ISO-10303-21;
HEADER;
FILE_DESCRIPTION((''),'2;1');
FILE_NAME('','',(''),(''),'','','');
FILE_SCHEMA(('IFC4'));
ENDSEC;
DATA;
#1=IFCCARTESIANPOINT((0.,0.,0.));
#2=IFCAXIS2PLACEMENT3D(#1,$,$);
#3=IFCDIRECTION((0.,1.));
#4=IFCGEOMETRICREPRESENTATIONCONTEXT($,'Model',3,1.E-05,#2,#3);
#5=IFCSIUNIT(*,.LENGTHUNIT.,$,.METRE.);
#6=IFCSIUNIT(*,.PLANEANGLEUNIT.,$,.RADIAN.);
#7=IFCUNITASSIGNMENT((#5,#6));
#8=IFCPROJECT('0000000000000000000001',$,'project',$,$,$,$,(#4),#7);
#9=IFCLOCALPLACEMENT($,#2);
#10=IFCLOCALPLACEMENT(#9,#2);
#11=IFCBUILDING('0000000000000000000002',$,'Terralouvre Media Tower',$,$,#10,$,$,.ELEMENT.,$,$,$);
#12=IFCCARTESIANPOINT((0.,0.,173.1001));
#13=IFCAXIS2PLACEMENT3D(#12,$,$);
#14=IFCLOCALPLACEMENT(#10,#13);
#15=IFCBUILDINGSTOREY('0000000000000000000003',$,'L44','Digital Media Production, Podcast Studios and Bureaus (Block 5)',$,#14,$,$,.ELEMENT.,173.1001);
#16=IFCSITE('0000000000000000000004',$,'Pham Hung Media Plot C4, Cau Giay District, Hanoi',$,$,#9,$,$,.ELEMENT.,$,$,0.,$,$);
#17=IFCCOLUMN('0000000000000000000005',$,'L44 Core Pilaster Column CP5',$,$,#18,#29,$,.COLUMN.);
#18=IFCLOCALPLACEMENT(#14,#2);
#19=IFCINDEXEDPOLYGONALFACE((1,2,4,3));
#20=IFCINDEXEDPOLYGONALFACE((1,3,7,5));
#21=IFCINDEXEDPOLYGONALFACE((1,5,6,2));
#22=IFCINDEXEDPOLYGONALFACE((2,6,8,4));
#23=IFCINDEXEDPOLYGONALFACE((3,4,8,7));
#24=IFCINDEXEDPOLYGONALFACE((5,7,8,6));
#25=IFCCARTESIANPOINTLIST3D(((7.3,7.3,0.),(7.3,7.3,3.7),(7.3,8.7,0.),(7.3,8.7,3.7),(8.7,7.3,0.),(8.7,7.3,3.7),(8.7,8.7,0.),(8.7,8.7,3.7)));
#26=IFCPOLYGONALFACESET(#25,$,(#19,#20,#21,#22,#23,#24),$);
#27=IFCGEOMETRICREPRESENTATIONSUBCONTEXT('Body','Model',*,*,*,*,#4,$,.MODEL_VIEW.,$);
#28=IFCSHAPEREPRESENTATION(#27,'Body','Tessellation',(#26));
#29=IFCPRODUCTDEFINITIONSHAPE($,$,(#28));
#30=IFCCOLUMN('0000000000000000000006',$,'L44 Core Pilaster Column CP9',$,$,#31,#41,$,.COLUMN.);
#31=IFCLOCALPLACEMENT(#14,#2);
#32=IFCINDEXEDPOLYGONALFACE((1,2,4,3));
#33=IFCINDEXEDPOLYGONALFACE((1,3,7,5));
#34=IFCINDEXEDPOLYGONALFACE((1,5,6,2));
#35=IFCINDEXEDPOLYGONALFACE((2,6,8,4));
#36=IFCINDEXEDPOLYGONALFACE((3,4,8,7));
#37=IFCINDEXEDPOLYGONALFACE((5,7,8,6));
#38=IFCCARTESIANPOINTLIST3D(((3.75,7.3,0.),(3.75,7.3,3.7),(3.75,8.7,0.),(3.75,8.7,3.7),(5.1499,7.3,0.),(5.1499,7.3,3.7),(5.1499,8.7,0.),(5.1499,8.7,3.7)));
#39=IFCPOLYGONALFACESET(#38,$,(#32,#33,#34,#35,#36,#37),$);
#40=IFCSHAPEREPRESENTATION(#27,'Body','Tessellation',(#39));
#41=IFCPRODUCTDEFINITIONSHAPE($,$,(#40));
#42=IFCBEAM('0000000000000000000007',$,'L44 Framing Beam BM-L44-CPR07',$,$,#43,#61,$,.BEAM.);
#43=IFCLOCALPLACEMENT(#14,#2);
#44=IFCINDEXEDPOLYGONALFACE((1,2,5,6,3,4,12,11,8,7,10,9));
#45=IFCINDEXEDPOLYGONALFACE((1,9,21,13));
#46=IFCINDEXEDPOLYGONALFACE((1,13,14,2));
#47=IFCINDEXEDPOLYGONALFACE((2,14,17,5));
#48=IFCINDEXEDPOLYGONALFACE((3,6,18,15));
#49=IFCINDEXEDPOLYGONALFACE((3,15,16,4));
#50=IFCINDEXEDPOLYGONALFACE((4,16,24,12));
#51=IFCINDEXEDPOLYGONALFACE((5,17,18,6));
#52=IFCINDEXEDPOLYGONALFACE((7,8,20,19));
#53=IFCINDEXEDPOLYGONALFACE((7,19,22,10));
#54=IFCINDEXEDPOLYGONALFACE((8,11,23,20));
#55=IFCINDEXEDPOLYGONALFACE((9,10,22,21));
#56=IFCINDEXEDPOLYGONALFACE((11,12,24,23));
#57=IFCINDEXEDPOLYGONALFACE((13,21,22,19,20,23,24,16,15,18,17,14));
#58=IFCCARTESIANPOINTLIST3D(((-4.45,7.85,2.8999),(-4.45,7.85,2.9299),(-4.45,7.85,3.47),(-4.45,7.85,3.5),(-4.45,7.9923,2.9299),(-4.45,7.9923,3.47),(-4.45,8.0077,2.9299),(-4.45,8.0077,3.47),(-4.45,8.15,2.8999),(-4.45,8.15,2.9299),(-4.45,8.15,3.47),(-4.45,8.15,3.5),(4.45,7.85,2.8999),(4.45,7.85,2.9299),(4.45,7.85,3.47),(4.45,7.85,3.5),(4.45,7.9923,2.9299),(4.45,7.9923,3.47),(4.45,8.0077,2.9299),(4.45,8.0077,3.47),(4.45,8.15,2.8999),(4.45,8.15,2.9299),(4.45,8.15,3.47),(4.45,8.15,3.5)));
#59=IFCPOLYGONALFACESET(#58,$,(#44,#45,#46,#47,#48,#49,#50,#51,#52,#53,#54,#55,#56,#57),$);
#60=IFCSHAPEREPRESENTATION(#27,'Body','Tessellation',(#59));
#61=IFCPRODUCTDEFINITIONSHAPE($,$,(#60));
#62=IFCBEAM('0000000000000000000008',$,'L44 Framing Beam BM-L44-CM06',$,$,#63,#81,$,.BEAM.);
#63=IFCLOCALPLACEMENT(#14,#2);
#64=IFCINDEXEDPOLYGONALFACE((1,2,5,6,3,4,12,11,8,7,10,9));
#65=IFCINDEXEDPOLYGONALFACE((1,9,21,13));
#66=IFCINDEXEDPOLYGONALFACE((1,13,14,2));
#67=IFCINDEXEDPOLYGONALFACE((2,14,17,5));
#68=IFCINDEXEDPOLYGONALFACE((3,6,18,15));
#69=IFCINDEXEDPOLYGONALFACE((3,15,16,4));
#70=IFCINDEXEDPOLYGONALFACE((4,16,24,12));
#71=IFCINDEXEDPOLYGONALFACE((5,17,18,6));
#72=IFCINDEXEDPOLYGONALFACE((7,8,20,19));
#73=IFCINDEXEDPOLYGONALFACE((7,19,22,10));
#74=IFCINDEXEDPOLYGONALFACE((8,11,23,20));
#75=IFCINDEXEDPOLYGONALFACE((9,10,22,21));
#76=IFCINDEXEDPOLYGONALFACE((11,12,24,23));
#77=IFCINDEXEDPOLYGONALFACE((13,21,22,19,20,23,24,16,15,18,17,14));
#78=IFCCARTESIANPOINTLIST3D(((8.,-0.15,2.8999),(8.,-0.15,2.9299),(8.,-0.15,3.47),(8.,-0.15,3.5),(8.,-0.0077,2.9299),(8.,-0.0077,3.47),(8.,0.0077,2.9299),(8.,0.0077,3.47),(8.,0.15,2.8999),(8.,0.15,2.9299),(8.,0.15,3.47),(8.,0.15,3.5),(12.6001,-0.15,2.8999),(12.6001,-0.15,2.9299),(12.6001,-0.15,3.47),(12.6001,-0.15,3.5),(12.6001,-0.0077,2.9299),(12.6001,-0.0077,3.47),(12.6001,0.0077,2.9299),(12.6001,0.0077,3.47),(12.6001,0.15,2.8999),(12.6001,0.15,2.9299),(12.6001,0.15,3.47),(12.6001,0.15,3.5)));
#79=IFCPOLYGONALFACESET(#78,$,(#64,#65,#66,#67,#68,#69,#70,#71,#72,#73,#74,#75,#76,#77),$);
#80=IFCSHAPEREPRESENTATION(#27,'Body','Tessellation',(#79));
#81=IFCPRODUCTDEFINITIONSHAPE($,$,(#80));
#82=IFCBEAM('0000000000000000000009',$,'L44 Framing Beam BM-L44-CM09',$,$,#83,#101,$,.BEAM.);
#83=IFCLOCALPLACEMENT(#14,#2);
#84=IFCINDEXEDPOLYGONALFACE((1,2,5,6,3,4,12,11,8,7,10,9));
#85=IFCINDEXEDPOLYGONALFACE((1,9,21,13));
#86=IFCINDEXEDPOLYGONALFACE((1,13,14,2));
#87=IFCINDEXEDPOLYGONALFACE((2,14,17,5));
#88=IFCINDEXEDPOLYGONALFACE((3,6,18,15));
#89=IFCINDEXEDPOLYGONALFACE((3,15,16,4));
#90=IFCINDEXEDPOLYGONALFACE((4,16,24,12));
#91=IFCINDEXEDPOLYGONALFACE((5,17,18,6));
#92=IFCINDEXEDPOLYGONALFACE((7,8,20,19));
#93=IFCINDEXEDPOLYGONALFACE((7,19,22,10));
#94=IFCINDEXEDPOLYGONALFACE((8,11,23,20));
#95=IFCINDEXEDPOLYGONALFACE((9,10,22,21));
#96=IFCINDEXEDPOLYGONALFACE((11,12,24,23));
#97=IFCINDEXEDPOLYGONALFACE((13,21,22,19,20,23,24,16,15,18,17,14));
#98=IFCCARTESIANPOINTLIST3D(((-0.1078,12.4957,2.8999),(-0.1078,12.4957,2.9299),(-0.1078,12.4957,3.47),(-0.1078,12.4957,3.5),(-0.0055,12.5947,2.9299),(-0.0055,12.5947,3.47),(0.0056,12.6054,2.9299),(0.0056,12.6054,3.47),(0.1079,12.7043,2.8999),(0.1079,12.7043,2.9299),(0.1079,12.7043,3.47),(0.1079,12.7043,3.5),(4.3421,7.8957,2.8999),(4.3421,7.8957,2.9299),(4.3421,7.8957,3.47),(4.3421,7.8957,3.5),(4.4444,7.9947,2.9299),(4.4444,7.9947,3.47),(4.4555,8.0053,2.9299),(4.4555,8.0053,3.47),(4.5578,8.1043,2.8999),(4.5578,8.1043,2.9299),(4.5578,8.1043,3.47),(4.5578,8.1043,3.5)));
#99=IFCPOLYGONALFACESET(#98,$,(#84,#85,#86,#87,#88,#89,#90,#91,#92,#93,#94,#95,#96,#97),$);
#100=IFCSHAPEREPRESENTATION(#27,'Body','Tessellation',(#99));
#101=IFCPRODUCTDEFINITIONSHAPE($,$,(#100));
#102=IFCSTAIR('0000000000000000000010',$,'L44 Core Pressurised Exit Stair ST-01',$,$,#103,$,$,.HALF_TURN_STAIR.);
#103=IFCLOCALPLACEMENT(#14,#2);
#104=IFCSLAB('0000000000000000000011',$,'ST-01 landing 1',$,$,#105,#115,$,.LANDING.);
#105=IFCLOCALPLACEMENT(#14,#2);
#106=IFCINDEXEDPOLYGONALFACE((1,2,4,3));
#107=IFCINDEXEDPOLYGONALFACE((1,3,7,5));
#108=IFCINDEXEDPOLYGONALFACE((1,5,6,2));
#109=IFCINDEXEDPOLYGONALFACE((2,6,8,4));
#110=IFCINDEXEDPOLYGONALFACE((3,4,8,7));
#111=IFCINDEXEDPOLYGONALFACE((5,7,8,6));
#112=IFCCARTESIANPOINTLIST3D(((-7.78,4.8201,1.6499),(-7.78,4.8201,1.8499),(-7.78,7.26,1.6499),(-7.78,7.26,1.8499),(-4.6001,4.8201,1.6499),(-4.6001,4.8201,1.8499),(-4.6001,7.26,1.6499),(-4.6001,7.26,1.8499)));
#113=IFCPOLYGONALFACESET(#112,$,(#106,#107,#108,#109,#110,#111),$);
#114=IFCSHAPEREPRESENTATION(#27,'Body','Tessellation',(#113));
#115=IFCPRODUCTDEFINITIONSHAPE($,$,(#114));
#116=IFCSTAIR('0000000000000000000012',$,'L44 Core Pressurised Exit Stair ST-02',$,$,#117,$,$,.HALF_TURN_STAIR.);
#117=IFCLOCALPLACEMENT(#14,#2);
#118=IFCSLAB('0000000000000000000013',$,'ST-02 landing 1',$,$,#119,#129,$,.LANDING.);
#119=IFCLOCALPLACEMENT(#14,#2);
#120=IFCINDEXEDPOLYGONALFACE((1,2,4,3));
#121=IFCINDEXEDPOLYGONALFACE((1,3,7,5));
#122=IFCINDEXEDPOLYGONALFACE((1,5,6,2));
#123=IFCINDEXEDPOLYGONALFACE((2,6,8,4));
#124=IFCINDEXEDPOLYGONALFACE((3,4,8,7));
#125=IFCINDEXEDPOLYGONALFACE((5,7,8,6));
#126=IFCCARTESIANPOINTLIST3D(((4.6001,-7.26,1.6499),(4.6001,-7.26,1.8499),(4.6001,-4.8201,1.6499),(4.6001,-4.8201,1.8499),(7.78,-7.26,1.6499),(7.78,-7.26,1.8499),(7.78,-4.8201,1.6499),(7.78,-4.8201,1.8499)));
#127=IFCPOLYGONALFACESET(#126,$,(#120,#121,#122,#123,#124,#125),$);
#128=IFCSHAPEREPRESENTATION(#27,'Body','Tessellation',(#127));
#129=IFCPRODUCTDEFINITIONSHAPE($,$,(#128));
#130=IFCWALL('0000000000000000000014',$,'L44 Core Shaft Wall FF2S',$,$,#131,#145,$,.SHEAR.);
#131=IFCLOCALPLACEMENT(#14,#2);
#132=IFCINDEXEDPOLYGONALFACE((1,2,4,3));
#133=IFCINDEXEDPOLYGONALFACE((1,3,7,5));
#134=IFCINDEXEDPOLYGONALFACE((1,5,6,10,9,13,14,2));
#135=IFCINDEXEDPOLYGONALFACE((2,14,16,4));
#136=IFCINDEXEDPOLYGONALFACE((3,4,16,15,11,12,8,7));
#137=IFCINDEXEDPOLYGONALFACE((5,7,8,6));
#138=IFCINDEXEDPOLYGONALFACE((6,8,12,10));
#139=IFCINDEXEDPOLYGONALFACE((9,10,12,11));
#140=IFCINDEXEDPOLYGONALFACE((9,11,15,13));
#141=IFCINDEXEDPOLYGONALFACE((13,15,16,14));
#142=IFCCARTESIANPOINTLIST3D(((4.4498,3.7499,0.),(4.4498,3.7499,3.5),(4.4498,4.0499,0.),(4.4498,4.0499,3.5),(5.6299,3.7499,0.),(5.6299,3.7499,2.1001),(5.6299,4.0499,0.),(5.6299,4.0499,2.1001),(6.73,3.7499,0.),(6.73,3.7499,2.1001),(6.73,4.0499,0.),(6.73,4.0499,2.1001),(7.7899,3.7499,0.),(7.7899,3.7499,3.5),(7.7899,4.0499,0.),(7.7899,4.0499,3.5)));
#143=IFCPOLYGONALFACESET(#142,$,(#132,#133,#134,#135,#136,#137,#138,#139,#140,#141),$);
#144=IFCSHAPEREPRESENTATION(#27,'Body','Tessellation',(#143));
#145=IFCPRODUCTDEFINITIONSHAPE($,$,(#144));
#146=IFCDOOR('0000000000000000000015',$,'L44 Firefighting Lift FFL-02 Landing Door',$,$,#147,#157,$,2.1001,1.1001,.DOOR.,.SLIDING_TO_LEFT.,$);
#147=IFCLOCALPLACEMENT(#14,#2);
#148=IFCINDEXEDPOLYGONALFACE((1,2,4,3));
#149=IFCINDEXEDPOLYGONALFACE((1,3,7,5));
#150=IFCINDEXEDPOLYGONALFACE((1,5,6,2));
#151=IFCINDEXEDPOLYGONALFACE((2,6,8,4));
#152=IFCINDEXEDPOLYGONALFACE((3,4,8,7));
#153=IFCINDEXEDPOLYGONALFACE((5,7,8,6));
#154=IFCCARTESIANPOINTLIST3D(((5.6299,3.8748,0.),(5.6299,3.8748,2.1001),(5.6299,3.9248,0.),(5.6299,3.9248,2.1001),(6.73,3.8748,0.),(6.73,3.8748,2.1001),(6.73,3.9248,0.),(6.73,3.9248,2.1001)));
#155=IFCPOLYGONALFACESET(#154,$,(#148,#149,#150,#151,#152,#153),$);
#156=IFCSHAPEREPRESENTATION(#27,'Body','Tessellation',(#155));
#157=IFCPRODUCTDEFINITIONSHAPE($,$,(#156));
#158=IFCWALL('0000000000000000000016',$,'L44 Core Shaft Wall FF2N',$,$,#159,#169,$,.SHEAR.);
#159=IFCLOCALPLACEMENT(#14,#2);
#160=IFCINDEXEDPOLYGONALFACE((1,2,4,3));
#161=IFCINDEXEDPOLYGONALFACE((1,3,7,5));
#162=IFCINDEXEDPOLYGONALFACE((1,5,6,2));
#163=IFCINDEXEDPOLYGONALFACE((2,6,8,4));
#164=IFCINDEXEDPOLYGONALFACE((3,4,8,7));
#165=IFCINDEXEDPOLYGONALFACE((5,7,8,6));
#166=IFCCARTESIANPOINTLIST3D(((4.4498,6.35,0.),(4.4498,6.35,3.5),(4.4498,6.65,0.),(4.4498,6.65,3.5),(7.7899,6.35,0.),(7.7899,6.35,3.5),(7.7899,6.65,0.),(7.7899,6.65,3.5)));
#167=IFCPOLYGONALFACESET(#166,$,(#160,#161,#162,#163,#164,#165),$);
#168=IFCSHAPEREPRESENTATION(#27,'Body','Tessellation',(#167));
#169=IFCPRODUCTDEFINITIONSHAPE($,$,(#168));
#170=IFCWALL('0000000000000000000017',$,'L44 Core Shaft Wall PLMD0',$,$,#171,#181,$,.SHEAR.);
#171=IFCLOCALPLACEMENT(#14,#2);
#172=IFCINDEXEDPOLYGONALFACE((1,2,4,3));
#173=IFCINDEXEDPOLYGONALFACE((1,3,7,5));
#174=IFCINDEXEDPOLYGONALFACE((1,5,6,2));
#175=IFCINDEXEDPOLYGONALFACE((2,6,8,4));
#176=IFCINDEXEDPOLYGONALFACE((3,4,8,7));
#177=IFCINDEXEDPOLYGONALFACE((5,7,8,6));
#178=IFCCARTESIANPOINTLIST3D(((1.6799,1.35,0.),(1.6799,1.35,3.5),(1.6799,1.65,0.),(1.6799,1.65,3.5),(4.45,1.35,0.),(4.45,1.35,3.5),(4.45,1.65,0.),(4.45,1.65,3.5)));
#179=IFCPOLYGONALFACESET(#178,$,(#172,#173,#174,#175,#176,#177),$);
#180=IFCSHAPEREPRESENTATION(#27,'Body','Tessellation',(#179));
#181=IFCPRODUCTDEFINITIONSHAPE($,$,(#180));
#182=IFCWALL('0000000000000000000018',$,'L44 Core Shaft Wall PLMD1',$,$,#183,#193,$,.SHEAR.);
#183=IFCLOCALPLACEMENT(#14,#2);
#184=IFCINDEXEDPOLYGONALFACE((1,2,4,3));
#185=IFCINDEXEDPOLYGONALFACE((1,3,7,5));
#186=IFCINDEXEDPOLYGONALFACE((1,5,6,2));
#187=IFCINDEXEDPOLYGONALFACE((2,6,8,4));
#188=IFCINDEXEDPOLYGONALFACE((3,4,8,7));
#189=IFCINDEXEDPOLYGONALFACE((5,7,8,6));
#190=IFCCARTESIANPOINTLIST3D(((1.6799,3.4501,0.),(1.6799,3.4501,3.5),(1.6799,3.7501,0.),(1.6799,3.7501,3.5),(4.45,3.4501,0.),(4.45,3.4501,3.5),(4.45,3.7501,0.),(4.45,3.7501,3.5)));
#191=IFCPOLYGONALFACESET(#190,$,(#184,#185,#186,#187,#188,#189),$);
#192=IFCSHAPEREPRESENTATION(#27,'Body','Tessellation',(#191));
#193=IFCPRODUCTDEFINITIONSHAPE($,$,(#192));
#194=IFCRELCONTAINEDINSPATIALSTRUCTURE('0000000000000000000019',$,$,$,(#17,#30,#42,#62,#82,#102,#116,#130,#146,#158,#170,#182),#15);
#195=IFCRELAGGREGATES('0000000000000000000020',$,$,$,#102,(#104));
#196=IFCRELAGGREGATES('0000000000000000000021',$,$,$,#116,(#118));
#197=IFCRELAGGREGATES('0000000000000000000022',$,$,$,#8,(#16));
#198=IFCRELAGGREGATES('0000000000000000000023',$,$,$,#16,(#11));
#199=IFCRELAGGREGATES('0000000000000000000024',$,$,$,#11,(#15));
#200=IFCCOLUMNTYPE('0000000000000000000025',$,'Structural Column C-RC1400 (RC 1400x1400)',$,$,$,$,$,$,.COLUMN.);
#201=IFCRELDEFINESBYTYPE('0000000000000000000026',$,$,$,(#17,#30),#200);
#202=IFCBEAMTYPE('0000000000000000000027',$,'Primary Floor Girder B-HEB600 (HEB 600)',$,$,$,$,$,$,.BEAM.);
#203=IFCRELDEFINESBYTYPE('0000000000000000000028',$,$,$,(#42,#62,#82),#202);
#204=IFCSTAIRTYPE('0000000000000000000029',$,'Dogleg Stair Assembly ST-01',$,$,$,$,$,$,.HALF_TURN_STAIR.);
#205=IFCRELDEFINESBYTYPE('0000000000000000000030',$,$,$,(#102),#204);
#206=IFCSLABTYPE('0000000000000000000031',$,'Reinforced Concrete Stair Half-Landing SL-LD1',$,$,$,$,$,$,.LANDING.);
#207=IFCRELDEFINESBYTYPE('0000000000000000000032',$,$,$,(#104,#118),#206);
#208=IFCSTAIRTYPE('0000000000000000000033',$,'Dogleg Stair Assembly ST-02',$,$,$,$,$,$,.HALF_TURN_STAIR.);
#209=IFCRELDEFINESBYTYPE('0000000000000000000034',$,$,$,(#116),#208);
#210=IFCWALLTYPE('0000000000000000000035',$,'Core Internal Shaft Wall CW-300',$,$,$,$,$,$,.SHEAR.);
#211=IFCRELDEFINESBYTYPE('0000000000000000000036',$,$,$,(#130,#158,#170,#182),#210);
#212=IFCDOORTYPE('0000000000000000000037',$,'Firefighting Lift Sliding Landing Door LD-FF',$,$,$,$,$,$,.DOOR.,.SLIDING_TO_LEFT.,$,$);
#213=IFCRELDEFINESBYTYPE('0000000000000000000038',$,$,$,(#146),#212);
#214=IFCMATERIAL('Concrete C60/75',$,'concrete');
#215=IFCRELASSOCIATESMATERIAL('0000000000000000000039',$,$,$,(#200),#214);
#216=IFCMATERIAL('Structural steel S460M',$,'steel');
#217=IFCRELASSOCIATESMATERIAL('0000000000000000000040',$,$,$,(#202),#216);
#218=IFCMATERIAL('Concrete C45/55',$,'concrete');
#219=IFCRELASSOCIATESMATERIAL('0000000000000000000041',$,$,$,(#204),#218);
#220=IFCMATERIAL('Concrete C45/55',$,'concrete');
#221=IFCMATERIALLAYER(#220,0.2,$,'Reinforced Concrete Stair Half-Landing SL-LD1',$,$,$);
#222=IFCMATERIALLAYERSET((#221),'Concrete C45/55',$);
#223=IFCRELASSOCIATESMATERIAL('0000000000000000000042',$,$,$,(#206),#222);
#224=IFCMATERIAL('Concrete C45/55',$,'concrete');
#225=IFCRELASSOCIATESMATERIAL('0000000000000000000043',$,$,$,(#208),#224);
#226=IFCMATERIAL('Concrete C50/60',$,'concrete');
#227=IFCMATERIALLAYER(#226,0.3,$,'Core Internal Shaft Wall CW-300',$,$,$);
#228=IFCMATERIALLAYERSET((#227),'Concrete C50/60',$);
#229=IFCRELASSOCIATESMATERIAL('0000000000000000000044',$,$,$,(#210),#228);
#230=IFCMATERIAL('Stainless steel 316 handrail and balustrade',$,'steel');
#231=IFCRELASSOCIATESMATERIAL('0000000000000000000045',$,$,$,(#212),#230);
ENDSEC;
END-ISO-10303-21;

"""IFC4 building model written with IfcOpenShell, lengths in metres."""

from ifc_helpers import new_model, si_unit, direction, frame, frame_2d, origin, origin_2d, place, context, subcontext, project, spatial, polyline, rectangle, i_section, outline, extrude, material, layer, layer_set, material_profile, profile_set, type_object, element, fill, aggregate, save


model = new_model("IFC4")

# Units and contexts
model_context = context("Model", 3, precision=1e-05, world=origin(), true_north=direction((0.0, 1.0)))
body_context = subcontext(model_context, "Body", "Model", "MODEL_VIEW")
ifc_project = project(units=[si_unit("LENGTHUNIT", "METRE"), si_unit("PLANEANGLEUNIT", "RADIAN")], contexts=[model_context])

# Site, building, storey
site_placement = place(None, origin())
site = spatial("IfcSite", under=ifc_project, at=site_placement, Name="Pham Hung Media Plot C4, Cau Giay District, Hanoi", CompositionType="ELEMENT", RefElevation=0.0)
building_placement = place(site_placement, origin())
building = spatial("IfcBuilding", under=site, at=building_placement, Name="Terralouvre Media Tower", CompositionType="ELEMENT")
storey_placement = place(building_placement, frame((0.0, 0.0, 173.1001)))
storey = spatial("IfcBuildingStorey", under=building, at=storey_placement, Name="L44", Description="Digital Media Production, Podcast Studios and Bureaus (Block 5)", CompositionType="ELEMENT", Elevation=173.1001)

# Columns
ifc_material_1 = material(Name="Concrete C60/75", Category="concrete")
ifc_material_profile_1 = material_profile(ifc_material_1, rectangle(XDim=1.3999, YDim=1.3999, at=origin_2d()), Name="RC 1400x1400")
ifc_profile_set_1 = profile_set([ifc_material_profile_1], Name="Concrete C60/75")
column_type = type_object("IfcColumnType", Name="Structural Column C-RC1400 (RC 1400x1400)", PredefinedType="COLUMN", material=ifc_profile_set_1)
for number, where, z_axis, x_axis, name in (
    (1, (8.0, 8.0, 0.0), (0.0, 0.0, 1.0), (1.0, 0.0, 0.0), "L44 Core Pilaster Column CP5"),
    (2, (4.45, 8.0, 0.0), (0.0, 0.0, 1.0), (1.0, 0.0, 0.0), "L44 Core Pilaster Column CP9"),
):
    element("IfcColumn", number, at=place(storey_placement, frame(where, z_axis=z_axis, x_axis=x_axis)), inside=storey, type_object=column_type, Name=name, PredefinedType="COLUMN", context=body_context, shape_type="SweptSolid", body=[
        extrude(rectangle(XDim=1.3999, YDim=1.3999, at=origin_2d()), origin(), (0.0, 0.0, 1.0), 3.7),
    ])

# Beams
ifc_material_2 = material(Name="Structural steel S460M", Category="steel")
ifc_material_profile_2 = material_profile(ifc_material_2, i_section(OverallWidth=0.3, OverallDepth=0.6001, WebThickness=0.0154, FlangeThickness=0.03, at=origin_2d()), Name="HEB 600")
ifc_profile_set_2 = profile_set([ifc_material_profile_2], Name="Structural steel S460M")
beam_type = type_object("IfcBeamType", Name="Primary Floor Girder B-HEB600 (HEB 600)", PredefinedType="BEAM", material=ifc_profile_set_2)
beam_1_placement = place(storey_placement, frame((4.45, 8.0, 3.2), z_axis=(-1.0, 0.0, 0.0), x_axis=(0.0, -1.0, 0.0)))
element("IfcBeam", 3, at=beam_1_placement, inside=storey, type_object=beam_type, Name="L44 Framing Beam BM-L44-CPR07", PredefinedType="BEAM", context=body_context, shape_type="SweptSolid", body=[
    extrude(i_section(OverallWidth=0.3, OverallDepth=0.6001, WebThickness=0.0154, FlangeThickness=0.03, at=origin_2d()), origin(), (0.0, 0.0, 1.0), 8.8999),
])
beam_2_placement = place(storey_placement, frame((8.0, 0.0, 3.2), z_axis=(1.0, 0.0, 0.0), x_axis=(0.0, 1.0, 0.0)))
element("IfcBeam", 4, at=beam_2_placement, inside=storey, type_object=beam_type, Name="L44 Framing Beam BM-L44-CM06", PredefinedType="BEAM", context=body_context, shape_type="SweptSolid", body=[
    extrude(i_section(OverallWidth=0.3, OverallDepth=0.6001, WebThickness=0.0154, FlangeThickness=0.03, at=origin_2d()), origin(), (0.0, 0.0, 1.0), 4.6001),
])
beam_3_placement = place(storey_placement, frame((4.45, 8.0, 3.2), z_axis=(-0.69528, 0.718739, 0.0), x_axis=(-0.718739, -0.69528, 0.0)))
element("IfcBeam", 5, at=beam_3_placement, inside=storey, type_object=beam_type, Name="L44 Framing Beam BM-L44-CM09", PredefinedType="BEAM", context=body_context, shape_type="SweptSolid", body=[
    extrude(i_section(OverallWidth=0.3, OverallDepth=0.6001, WebThickness=0.0154, FlangeThickness=0.03, at=origin_2d()), origin(), (0.0, 0.0, 1.0), 6.4001),
])

# Stairs, slabs
ifc_material_3 = material(Name="Concrete C45/55", Category="concrete")
stair_type_1 = type_object("IfcStairType", Name="Dogleg Stair Assembly ST-01", PredefinedType="HALF_TURN_STAIR", material=ifc_material_3)
stair_1_placement = place(storey_placement, origin())
stair_1 = element("IfcStair", 6, at=stair_1_placement, inside=storey, type_object=stair_type_1, Name="L44 Core Pressurised Exit Stair ST-01", PredefinedType="HALF_TURN_STAIR")
ifc_material_4 = material(Name="Concrete C45/55", Category="concrete")
ifc_layer_1 = layer(ifc_material_4, 0.2, Name="Reinforced Concrete Stair Half-Landing SL-LD1")
ifc_layer_set_1 = layer_set([ifc_layer_1], Name="Concrete C45/55")
slab_type = type_object("IfcSlabType", Name="Reinforced Concrete Stair Half-Landing SL-LD1", PredefinedType="LANDING", material=ifc_layer_set_1)
slab_1_placement = place(storey_placement, frame((0.0, 0.0, 1.6499)))
slab_1 = element("IfcSlab", 7, at=slab_1_placement, type_object=slab_type, Name="ST-01 landing 1", PredefinedType="LANDING", context=body_context, shape_type="SweptSolid", body=[
    extrude(outline(polyline([(-4.6001, 4.8201), (-4.6001, 7.26), (-7.78, 7.26), (-7.78, 4.8201), (-4.6001, 4.8201)])), origin(), (0.0, 0.0, 1.0), 0.2),
])
aggregate(stair_1, [slab_1])
ifc_material_5 = material(Name="Concrete C45/55", Category="concrete")
stair_type_2 = type_object("IfcStairType", Name="Dogleg Stair Assembly ST-02", PredefinedType="HALF_TURN_STAIR", material=ifc_material_5)
stair_2_placement = place(storey_placement, origin())
stair_2 = element("IfcStair", 8, at=stair_2_placement, inside=storey, type_object=stair_type_2, Name="L44 Core Pressurised Exit Stair ST-02", PredefinedType="HALF_TURN_STAIR")
slab_2_placement = place(storey_placement, frame((0.0, 0.0, 1.6499)))
slab_2 = element("IfcSlab", 9, at=slab_2_placement, type_object=slab_type, Name="ST-02 landing 1", PredefinedType="LANDING", context=body_context, shape_type="SweptSolid", body=[
    extrude(outline(polyline([(4.6001, -4.8201), (4.6001, -7.26), (7.78, -7.26), (7.78, -4.8201), (4.6001, -4.8201)])), origin(), (0.0, 0.0, 1.0), 0.2),
])
aggregate(stair_2, [slab_2])

# Wall, opening, door
ifc_material_6 = material(Name="Concrete C50/60", Category="concrete")
ifc_layer_2 = layer(ifc_material_6, 0.3, Name="Core Internal Shaft Wall CW-300")
ifc_layer_set_2 = layer_set([ifc_layer_2], Name="Concrete C50/60")
wall_type = type_object("IfcWallType", Name="Core Internal Shaft Wall CW-300", PredefinedType="SHEAR", material=ifc_layer_set_2)
wall_1_placement = place(storey_placement, frame((4.45, 3.8999, 0.0), z_axis=(0.0, 0.0, 1.0), x_axis=(1.0, 0.0, 0.0)))
wall_1 = element("IfcWall", 10, at=wall_1_placement, inside=storey, type_object=wall_type, Name="L44 Core Shaft Wall FF2S", PredefinedType="SHEAR", context=body_context, shape_type="SweptSolid", body=[
    extrude(rectangle(XDim=3.3401, YDim=0.3, at=frame_2d((1.6699, 0.0))), origin(), (0.0, 0.0, 1.0), 3.5),
])
opening_placement = place(wall_1_placement, frame((1.1799, 0.0, 0.0)))
opening = element("IfcOpeningElement", 11, at=opening_placement, cuts=wall_1, PredefinedType="OPENING", context=body_context, shape_type="SweptSolid", body=[
    extrude(rectangle(XDim=1.1001, YDim=2.1001, at=frame_2d((0.55, 1.05))), frame((0.0, 0.1599, 0.0), z_axis=(0.0, -1.0, 0.0), x_axis=(1.0, 0.0, 0.0)), (0.0, 0.0, 1.0), 0.3201),
])
ifc_material_7 = material(Name="Stainless steel 316 handrail and balustrade", Category="steel")
door_type = type_object("IfcDoorType", Name="Firefighting Lift Sliding Landing Door LD-FF", OperationType="SLIDING_TO_LEFT", PredefinedType="DOOR", material=ifc_material_7)
door_placement = place(opening_placement, origin())
door = element("IfcDoor", 12, at=door_placement, inside=storey, type_object=door_type, Name="L44 Firefighting Lift FFL-02 Landing Door", OperationType="SLIDING_TO_LEFT", OverallHeight=2.1001, OverallWidth=1.1001, PredefinedType="DOOR", context=body_context, shape_type="SweptSolid", body=[
    extrude(rectangle(XDim=1.1001, YDim=2.1001, at=frame_2d((0.55, 1.05))), frame((0.0, 0.0249, 0.0), z_axis=(0.0, -1.0, 0.0), x_axis=(1.0, 0.0, 0.0)), (0.0, 0.0, 1.0), 0.05),
])
fill(opening, door)

# Walls
wall_2_placement = place(storey_placement, frame((4.45, 6.5, 0.0), z_axis=(0.0, 0.0, 1.0), x_axis=(1.0, 0.0, 0.0)))
element("IfcWall", 13, at=wall_2_placement, inside=storey, type_object=wall_type, Name="L44 Core Shaft Wall FF2N", PredefinedType="SHEAR", context=body_context, shape_type="SweptSolid", body=[
    extrude(rectangle(XDim=3.3401, YDim=0.3, at=frame_2d((1.6699, 0.0))), origin(), (0.0, 0.0, 1.0), 3.5),
])
for number, where, z_axis, x_axis, name in (
    (14, (1.6799, 1.5, 0.0), (0.0, 0.0, 1.0), (1.0, 0.0, 0.0), "L44 Core Shaft Wall PLMD0"),
    (15, (1.6799, 3.6001, 0.0), (0.0, 0.0, 1.0), (1.0, 0.0, 0.0), "L44 Core Shaft Wall PLMD1"),
):
    element("IfcWall", number, at=place(storey_placement, frame(where, z_axis=z_axis, x_axis=x_axis)), inside=storey, type_object=wall_type, Name=name, PredefinedType="SHEAR", context=body_context, shape_type="SweptSolid", body=[
        extrude(rectangle(XDim=2.77, YDim=0.3, at=frame_2d((1.385, 0.0))), origin(), (0.0, 0.0, 1.0), 3.5),
    ])

save(model, "model.ifc")
